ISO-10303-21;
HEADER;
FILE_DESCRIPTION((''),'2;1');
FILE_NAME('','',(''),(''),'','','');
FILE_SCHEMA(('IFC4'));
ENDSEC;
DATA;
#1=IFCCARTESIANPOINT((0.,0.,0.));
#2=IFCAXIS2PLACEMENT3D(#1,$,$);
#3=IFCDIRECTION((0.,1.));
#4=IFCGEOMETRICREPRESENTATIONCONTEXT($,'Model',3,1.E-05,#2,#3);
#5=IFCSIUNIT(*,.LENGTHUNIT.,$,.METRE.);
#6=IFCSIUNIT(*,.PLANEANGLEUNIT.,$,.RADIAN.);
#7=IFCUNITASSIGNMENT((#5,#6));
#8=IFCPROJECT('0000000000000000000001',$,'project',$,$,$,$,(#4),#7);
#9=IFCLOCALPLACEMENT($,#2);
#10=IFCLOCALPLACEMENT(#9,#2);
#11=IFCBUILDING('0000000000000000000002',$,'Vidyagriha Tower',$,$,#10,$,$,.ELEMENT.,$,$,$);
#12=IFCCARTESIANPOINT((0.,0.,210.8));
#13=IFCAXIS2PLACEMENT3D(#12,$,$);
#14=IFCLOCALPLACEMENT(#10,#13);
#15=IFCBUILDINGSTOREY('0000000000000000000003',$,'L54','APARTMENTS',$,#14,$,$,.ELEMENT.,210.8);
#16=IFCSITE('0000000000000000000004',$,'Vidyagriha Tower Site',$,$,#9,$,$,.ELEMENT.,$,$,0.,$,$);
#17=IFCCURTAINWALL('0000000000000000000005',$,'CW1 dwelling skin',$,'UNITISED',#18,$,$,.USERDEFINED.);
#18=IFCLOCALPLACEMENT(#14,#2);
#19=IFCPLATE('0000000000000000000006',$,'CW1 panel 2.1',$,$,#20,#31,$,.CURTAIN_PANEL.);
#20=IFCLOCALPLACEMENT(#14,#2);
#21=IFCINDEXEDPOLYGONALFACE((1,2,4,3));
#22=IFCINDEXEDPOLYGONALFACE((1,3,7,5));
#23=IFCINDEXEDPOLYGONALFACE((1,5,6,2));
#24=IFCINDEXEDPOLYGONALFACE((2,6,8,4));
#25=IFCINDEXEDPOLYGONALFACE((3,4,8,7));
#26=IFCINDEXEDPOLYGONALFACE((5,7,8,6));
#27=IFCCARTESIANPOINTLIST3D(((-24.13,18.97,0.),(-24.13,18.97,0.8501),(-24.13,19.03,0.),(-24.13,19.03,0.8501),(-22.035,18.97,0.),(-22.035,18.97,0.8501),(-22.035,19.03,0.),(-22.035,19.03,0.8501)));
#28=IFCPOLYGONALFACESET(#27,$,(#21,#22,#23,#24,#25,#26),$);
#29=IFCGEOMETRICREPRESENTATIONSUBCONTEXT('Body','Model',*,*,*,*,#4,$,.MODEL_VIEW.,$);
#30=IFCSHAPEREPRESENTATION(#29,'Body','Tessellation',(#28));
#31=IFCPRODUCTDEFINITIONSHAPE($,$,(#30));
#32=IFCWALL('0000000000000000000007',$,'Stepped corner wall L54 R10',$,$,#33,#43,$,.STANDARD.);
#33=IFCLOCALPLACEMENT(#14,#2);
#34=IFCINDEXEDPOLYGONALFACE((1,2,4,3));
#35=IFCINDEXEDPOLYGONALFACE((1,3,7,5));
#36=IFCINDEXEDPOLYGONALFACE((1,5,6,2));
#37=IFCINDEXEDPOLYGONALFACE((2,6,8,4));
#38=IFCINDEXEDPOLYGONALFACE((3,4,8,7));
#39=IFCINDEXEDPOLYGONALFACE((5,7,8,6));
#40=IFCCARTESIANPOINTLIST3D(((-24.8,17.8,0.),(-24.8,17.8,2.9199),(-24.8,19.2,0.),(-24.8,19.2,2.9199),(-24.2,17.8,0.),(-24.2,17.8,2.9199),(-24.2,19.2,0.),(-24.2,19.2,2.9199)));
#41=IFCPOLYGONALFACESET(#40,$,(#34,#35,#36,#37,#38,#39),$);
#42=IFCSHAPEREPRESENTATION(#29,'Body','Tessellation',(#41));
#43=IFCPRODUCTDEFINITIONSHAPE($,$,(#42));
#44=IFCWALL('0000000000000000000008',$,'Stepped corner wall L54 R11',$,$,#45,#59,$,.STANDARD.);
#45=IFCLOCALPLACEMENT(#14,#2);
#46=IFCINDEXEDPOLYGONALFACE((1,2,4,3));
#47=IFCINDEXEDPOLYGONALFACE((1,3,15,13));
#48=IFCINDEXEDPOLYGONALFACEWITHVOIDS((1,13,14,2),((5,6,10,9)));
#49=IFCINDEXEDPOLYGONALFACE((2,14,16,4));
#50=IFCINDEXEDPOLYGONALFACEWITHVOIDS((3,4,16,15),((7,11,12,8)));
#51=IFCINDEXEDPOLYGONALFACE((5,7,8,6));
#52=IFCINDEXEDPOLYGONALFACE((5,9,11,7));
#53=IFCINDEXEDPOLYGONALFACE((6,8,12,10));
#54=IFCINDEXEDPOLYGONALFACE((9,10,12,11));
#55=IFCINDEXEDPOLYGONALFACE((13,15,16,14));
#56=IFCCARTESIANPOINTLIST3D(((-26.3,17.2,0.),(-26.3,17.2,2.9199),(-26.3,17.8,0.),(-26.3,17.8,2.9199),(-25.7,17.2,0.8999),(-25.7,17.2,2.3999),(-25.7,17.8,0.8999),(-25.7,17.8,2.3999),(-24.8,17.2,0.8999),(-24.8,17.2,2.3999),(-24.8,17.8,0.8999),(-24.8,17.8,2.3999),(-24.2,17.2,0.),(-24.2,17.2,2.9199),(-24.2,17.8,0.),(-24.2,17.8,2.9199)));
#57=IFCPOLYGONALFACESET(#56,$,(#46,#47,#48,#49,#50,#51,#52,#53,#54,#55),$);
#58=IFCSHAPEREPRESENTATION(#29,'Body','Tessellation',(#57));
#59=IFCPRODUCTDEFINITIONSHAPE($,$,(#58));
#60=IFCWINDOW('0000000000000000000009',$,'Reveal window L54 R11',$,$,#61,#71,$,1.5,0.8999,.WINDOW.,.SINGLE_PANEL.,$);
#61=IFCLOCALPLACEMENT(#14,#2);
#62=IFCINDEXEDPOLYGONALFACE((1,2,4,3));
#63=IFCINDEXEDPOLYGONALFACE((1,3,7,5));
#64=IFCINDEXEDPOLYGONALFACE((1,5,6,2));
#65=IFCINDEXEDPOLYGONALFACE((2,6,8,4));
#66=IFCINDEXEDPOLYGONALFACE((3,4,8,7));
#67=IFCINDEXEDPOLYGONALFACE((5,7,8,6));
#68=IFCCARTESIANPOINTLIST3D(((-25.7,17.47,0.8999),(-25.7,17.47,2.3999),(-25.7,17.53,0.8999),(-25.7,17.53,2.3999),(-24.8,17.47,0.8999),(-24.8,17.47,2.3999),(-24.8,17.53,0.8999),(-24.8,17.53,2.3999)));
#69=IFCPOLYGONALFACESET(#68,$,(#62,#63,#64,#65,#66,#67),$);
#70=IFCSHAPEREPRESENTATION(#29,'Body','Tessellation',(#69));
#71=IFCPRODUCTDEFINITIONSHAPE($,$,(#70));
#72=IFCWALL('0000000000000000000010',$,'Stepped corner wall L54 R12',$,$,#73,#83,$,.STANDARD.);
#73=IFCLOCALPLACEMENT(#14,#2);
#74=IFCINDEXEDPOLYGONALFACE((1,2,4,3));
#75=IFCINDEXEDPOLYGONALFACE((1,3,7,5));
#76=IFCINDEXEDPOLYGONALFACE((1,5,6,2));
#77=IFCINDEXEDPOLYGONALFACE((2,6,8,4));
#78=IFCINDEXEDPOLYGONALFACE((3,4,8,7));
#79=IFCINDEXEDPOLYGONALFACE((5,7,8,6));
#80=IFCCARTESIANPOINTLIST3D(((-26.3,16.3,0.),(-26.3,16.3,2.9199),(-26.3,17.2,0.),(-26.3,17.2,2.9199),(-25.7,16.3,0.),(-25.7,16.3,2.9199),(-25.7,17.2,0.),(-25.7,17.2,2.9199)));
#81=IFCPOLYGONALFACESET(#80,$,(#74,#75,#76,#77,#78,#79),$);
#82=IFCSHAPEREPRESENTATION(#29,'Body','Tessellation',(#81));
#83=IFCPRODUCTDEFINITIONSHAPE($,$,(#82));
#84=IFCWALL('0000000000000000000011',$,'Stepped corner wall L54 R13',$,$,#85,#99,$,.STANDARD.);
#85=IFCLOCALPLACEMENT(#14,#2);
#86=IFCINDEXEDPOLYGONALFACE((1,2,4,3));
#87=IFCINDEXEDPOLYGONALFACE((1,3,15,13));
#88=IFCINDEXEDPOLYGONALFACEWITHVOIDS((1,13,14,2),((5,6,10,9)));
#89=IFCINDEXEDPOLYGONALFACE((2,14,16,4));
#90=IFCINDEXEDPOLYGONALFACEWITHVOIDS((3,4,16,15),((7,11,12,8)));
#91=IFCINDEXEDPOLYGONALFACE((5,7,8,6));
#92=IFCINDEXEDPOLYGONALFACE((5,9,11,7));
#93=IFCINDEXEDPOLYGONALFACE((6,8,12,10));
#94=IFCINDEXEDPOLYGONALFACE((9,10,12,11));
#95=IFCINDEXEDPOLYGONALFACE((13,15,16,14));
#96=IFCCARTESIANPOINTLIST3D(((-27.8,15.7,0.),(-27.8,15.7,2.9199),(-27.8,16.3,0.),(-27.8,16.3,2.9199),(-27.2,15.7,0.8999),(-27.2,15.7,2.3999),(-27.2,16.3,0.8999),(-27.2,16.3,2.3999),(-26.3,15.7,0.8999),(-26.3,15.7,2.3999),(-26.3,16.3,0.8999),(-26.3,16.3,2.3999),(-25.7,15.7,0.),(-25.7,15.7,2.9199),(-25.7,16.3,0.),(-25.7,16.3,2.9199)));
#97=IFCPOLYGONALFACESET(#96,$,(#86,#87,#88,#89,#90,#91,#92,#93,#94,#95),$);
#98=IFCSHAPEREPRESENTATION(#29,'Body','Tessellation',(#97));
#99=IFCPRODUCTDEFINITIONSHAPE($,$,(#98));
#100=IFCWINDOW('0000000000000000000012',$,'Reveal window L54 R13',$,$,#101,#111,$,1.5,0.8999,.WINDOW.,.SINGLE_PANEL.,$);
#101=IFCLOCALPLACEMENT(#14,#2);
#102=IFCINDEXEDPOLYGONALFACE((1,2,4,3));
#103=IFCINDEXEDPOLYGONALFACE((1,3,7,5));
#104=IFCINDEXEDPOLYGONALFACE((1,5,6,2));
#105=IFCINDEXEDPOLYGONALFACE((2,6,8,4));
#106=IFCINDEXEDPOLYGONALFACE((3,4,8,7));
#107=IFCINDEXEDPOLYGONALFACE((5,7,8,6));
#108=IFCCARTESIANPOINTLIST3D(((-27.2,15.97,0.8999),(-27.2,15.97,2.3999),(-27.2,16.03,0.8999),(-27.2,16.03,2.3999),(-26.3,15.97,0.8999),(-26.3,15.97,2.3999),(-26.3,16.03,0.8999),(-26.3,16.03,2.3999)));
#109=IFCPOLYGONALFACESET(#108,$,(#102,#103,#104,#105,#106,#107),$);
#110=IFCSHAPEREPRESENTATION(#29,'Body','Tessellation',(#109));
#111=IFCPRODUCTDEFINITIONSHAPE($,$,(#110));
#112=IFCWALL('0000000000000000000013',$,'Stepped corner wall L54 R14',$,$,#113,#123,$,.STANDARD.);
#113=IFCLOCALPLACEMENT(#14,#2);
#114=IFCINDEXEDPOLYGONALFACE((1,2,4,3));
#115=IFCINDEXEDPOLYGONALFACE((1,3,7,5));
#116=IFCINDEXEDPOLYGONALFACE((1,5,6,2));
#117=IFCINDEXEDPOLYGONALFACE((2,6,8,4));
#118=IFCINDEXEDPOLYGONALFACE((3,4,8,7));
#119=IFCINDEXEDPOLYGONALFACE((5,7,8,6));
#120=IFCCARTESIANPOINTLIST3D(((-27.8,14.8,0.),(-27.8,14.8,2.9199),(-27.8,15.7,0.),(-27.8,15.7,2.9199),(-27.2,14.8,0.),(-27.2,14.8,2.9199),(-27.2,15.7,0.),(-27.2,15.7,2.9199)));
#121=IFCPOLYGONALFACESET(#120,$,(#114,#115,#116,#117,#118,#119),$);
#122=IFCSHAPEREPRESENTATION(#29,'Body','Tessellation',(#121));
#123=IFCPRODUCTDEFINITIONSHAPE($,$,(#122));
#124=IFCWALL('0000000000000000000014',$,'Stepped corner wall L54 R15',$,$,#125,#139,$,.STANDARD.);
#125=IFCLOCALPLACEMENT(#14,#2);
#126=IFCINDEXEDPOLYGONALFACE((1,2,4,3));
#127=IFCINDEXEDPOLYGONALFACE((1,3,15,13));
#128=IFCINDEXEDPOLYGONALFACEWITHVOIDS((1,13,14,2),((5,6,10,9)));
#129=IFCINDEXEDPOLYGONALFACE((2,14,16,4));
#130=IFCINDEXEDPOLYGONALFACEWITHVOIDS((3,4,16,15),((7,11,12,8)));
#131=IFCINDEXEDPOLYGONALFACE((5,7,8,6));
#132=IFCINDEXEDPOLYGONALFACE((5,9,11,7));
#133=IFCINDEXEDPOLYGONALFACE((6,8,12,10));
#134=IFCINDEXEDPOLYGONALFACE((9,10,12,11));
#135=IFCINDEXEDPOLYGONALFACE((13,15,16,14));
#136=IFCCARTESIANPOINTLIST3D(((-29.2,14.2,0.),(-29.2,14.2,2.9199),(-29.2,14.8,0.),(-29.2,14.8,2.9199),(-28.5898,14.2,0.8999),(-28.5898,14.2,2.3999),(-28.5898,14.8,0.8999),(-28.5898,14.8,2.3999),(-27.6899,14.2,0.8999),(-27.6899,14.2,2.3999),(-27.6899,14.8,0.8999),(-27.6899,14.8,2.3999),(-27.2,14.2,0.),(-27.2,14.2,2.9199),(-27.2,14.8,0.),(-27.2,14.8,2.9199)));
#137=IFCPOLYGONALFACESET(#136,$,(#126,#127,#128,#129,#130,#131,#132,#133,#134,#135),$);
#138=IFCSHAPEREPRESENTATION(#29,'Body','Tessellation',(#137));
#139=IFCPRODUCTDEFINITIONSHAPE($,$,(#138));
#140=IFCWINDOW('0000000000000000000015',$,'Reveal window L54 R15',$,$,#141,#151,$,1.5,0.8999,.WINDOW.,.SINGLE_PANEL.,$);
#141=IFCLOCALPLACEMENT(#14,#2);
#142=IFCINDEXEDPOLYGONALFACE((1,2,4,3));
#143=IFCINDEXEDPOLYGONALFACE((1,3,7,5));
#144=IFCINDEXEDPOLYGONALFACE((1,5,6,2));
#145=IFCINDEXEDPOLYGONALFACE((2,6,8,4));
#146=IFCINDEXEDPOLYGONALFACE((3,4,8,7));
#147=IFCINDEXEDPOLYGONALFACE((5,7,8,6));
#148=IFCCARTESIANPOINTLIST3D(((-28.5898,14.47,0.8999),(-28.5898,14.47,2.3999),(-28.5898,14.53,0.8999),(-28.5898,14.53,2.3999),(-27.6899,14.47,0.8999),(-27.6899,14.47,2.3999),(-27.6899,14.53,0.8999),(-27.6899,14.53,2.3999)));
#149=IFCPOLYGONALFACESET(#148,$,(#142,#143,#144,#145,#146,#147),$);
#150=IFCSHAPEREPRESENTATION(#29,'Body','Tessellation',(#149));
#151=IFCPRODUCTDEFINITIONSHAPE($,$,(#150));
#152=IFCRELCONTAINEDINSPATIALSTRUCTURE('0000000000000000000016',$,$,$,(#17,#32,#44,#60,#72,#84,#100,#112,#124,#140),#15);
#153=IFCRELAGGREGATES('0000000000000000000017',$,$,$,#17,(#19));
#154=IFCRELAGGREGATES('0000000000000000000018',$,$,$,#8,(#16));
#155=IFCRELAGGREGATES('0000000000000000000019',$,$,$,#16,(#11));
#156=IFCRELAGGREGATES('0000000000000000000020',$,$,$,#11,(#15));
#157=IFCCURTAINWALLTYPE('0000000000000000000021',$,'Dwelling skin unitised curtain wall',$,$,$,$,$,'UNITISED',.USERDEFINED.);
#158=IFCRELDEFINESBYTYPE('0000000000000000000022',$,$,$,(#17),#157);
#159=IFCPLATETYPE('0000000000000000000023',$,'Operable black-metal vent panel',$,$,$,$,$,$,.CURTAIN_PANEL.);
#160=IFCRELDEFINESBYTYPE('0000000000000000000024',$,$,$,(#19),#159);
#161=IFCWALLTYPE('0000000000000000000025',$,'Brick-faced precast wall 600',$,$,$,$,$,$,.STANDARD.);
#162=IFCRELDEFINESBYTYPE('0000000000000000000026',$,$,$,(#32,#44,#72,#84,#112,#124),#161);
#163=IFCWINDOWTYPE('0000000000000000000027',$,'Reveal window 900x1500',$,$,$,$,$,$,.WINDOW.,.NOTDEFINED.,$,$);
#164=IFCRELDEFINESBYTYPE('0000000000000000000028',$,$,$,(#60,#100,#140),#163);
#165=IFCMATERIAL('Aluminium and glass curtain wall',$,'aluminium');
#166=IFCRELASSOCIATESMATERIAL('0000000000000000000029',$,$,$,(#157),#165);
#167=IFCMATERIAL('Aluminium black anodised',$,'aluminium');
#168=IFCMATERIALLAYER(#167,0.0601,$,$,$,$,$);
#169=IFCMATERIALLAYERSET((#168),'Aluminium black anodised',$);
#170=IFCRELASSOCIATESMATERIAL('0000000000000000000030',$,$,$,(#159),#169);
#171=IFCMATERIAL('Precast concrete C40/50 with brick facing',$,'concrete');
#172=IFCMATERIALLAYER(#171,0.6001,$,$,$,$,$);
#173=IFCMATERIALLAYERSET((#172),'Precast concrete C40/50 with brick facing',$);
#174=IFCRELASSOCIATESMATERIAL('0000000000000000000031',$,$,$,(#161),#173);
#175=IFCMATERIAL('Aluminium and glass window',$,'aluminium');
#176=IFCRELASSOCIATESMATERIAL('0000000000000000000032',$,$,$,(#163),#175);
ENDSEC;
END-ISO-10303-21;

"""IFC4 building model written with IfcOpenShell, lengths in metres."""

from ifc_helpers import new_model, si_unit, direction, frame, frame_2d, origin, origin_2d, place, context, subcontext, project, spatial, rectangle, extrude, material, layer, layer_set, type_object, element, fill, aggregate, save


model = new_model("IFC4")

# Units and contexts
model_context = context("Model", 3, precision=1e-05, world=origin(), true_north=direction((0.0, 1.0)))
body_context = subcontext(model_context, "Body", "Model", "MODEL_VIEW")
ifc_project = project(units=[si_unit("LENGTHUNIT", "METRE"), si_unit("PLANEANGLEUNIT", "RADIAN")], contexts=[model_context])

# Site, building, storey
site_placement = place(None, origin())
site = spatial("IfcSite", under=ifc_project, at=site_placement, Name="Vidyagriha Tower Site", CompositionType="ELEMENT", RefElevation=0.0)
building_placement = place(site_placement, origin())
building = spatial("IfcBuilding", under=site, at=building_placement, Name="Vidyagriha Tower", CompositionType="ELEMENT")
storey_placement = place(building_placement, frame((0.0, 0.0, 210.8)))
storey = spatial("IfcBuildingStorey", under=building, at=storey_placement, Name="L54", Description="APARTMENTS", CompositionType="ELEMENT", Elevation=210.8)

# Curtain wall
ifc_material_1 = material(Name="Aluminium and glass curtain wall", Category="aluminium")
curtain_wall_type = type_object("IfcCurtainWallType", Name="Dwelling skin unitised curtain wall", ElementType="UNITISED", PredefinedType="USERDEFINED", material=ifc_material_1)
curtain_wall_1_placement = place(storey_placement, origin())
curtain_wall_1 = element("IfcCurtainWall", 1, at=curtain_wall_1_placement, inside=storey, type_object=curtain_wall_type, Name="CW1 dwelling skin", ObjectType="UNITISED", PredefinedType="USERDEFINED")

# Plate
ifc_material_2 = material(Name="Aluminium black anodised", Category="aluminium")
ifc_layer_1 = layer(ifc_material_2, 0.0601)
ifc_layer_set_1 = layer_set([ifc_layer_1], Name="Aluminium black anodised")
plate_type_1 = type_object("IfcPlateType", Name="Operable black-metal vent panel", PredefinedType="CURTAIN_PANEL", material=ifc_layer_set_1)
plate_1_placement = place(storey_placement, frame((-23.0825, 19.0, 0.0), z_axis=(0.0, 0.0, 1.0), x_axis=(-1.0, 0.0, 0.0)))
plate_1 = element("IfcPlate", 2, at=plate_1_placement, type_object=plate_type_1, Name="CW1 panel 2.1", PredefinedType="CURTAIN_PANEL", context=body_context, shape_type="SweptSolid", body=[
    extrude(rectangle(XDim=2.095, YDim=0.0601, at=origin_2d()), origin(), (0.0, 0.0, 1.0), 0.8501),
])
aggregate(curtain_wall_1, [plate_1])

# Wall
ifc_material_3 = material(Name="Precast concrete C40/50 with brick facing", Category="concrete")
ifc_layer_2 = layer(ifc_material_3, 0.6001)
ifc_layer_set_2 = layer_set([ifc_layer_2], Name="Precast concrete C40/50 with brick facing")
wall_type_1 = type_object("IfcWallType", Name="Brick-faced precast wall 600", PredefinedType="STANDARD", material=ifc_layer_set_2)
wall_1_placement = place(storey_placement, frame((-24.5, 19.2, 0.0), z_axis=(0.0, 0.0, 1.0), x_axis=(0.0, -1.0, 0.0)))
element("IfcWall", 3, at=wall_1_placement, inside=storey, type_object=wall_type_1, Name="Stepped corner wall L54 R10", PredefinedType="STANDARD", context=body_context, shape_type="SweptSolid", body=[
    extrude(rectangle(XDim=1.3999, YDim=0.6001, at=frame_2d((0.7, 0.0))), origin(), (0.0, 0.0, 1.0), 2.9199),
])

# Wall, opening, window
wall_2_placement = place(storey_placement, frame((-24.2, 17.5, 0.0), z_axis=(0.0, 0.0, 1.0), x_axis=(-1.0, 0.0, 0.0)))
wall_2 = element("IfcWall", 4, at=wall_2_placement, inside=storey, type_object=wall_type_1, Name="Stepped corner wall L54 R11", PredefinedType="STANDARD", context=body_context, shape_type="SweptSolid", body=[
    extrude(rectangle(XDim=2.1001, YDim=0.6001, at=frame_2d((1.05, 0.0))), origin(), (0.0, 0.0, 1.0), 2.9199),
])
opening_1_placement = place(wall_2_placement, frame((0.6001, 0.0, 0.8999)))
opening_1 = element("IfcOpeningElement", 5, at=opening_1_placement, cuts=wall_2, PredefinedType="OPENING", context=body_context, shape_type="SweptSolid", body=[
    extrude(rectangle(XDim=0.8999, YDim=1.5, at=frame_2d((0.45, 0.75))), frame((0.0, 0.3101, 0.0), z_axis=(0.0, -1.0, 0.0), x_axis=(1.0, 0.0, 0.0)), (0.0, 0.0, 1.0), 0.6201),
])
ifc_material_4 = material(Name="Aluminium and glass window", Category="aluminium")
window_type = type_object("IfcWindowType", Name="Reveal window 900x1500", PartitioningType="NOTDEFINED", PredefinedType="WINDOW", material=ifc_material_4)
window_1_placement = place(opening_1_placement, origin())
window_1 = element("IfcWindow", 6, at=window_1_placement, inside=storey, type_object=window_type, Name="Reveal window L54 R11", OverallHeight=1.5, OverallWidth=0.8999, PartitioningType="SINGLE_PANEL", PredefinedType="WINDOW", context=body_context, shape_type="SweptSolid", body=[
    extrude(rectangle(XDim=0.8999, YDim=1.5, at=frame_2d((0.45, 0.75))), frame((0.0, 0.03, 0.0), z_axis=(0.0, -1.0, 0.0), x_axis=(1.0, 0.0, 0.0)), (0.0, 0.0, 1.0), 0.0601),
])
fill(opening_1, window_1)

# Wall
wall_3_placement = place(storey_placement, frame((-26.0, 17.2, 0.0), z_axis=(0.0, 0.0, 1.0), x_axis=(0.0, -1.0, 0.0)))
element("IfcWall", 7, at=wall_3_placement, inside=storey, type_object=wall_type_1, Name="Stepped corner wall L54 R12", PredefinedType="STANDARD", context=body_context, shape_type="SweptSolid", body=[
    extrude(rectangle(XDim=0.8999, YDim=0.6001, at=frame_2d((0.45, 0.0))), origin(), (0.0, 0.0, 1.0), 2.9199),
])

# Wall, opening, window
wall_4_placement = place(storey_placement, frame((-25.7, 16.0, 0.0), z_axis=(0.0, 0.0, 1.0), x_axis=(-1.0, 0.0, 0.0)))
wall_4 = element("IfcWall", 8, at=wall_4_placement, inside=storey, type_object=wall_type_1, Name="Stepped corner wall L54 R13", PredefinedType="STANDARD", context=body_context, shape_type="SweptSolid", body=[
    extrude(rectangle(XDim=2.1001, YDim=0.6001, at=frame_2d((1.05, 0.0))), origin(), (0.0, 0.0, 1.0), 2.9199),
])
opening_2_placement = place(wall_4_placement, frame((0.6001, 0.0, 0.8999)))
opening_2 = element("IfcOpeningElement", 9, at=opening_2_placement, cuts=wall_4, PredefinedType="OPENING", context=body_context, shape_type="SweptSolid", body=[
    extrude(rectangle(XDim=0.8999, YDim=1.5, at=frame_2d((0.45, 0.75))), frame((0.0, 0.3101, 0.0), z_axis=(0.0, -1.0, 0.0), x_axis=(1.0, 0.0, 0.0)), (0.0, 0.0, 1.0), 0.6201),
])
window_2_placement = place(opening_2_placement, origin())
window_2 = element("IfcWindow", 10, at=window_2_placement, inside=storey, type_object=window_type, Name="Reveal window L54 R13", OverallHeight=1.5, OverallWidth=0.8999, PartitioningType="SINGLE_PANEL", PredefinedType="WINDOW", context=body_context, shape_type="SweptSolid", body=[
    extrude(rectangle(XDim=0.8999, YDim=1.5, at=frame_2d((0.45, 0.75))), frame((0.0, 0.03, 0.0), z_axis=(0.0, -1.0, 0.0), x_axis=(1.0, 0.0, 0.0)), (0.0, 0.0, 1.0), 0.0601),
])
fill(opening_2, window_2)

# Wall
wall_5_placement = place(storey_placement, frame((-27.5, 15.7, 0.0), z_axis=(0.0, 0.0, 1.0), x_axis=(0.0, -1.0, 0.0)))
element("IfcWall", 11, at=wall_5_placement, inside=storey, type_object=wall_type_1, Name="Stepped corner wall L54 R14", PredefinedType="STANDARD", context=body_context, shape_type="SweptSolid", body=[
    extrude(rectangle(XDim=0.8999, YDim=0.6001, at=frame_2d((0.45, 0.0))), origin(), (0.0, 0.0, 1.0), 2.9199),
])

# Wall, opening, window
wall_6_placement = place(storey_placement, frame((-27.2, 14.5, 0.0), z_axis=(0.0, 0.0, 1.0), x_axis=(-1.0, 0.0, 0.0)))
wall_6 = element("IfcWall", 12, at=wall_6_placement, inside=storey, type_object=wall_type_1, Name="Stepped corner wall L54 R15", PredefinedType="STANDARD", context=body_context, shape_type="SweptSolid", body=[
    extrude(rectangle(XDim=2.0, YDim=0.6001, at=frame_2d((1.0, 0.0))), origin(), (0.0, 0.0, 1.0), 2.9199),
])
opening_3_placement = place(wall_6_placement, frame((0.49, 0.0, 0.8999)))
opening_3 = element("IfcOpeningElement", 13, at=opening_3_placement, cuts=wall_6, PredefinedType="OPENING", context=body_context, shape_type="SweptSolid", body=[
    extrude(rectangle(XDim=0.8999, YDim=1.5, at=frame_2d((0.45, 0.75))), frame((0.0, 0.3101, 0.0), z_axis=(0.0, -1.0, 0.0), x_axis=(1.0, 0.0, 0.0)), (0.0, 0.0, 1.0), 0.6201),
])
window_3_placement = place(opening_3_placement, origin())
window_3 = element("IfcWindow", 14, at=window_3_placement, inside=storey, type_object=window_type, Name="Reveal window L54 R15", OverallHeight=1.5, OverallWidth=0.8999, PartitioningType="SINGLE_PANEL", PredefinedType="WINDOW", context=body_context, shape_type="SweptSolid", body=[
    extrude(rectangle(XDim=0.8999, YDim=1.5, at=frame_2d((0.45, 0.75))), frame((0.0, 0.03, 0.0), z_axis=(0.0, -1.0, 0.0), x_axis=(1.0, 0.0, 0.0)), (0.0, 0.0, 1.0), 0.0601),
])
fill(opening_3, window_3)

save(model, "model.ifc")
